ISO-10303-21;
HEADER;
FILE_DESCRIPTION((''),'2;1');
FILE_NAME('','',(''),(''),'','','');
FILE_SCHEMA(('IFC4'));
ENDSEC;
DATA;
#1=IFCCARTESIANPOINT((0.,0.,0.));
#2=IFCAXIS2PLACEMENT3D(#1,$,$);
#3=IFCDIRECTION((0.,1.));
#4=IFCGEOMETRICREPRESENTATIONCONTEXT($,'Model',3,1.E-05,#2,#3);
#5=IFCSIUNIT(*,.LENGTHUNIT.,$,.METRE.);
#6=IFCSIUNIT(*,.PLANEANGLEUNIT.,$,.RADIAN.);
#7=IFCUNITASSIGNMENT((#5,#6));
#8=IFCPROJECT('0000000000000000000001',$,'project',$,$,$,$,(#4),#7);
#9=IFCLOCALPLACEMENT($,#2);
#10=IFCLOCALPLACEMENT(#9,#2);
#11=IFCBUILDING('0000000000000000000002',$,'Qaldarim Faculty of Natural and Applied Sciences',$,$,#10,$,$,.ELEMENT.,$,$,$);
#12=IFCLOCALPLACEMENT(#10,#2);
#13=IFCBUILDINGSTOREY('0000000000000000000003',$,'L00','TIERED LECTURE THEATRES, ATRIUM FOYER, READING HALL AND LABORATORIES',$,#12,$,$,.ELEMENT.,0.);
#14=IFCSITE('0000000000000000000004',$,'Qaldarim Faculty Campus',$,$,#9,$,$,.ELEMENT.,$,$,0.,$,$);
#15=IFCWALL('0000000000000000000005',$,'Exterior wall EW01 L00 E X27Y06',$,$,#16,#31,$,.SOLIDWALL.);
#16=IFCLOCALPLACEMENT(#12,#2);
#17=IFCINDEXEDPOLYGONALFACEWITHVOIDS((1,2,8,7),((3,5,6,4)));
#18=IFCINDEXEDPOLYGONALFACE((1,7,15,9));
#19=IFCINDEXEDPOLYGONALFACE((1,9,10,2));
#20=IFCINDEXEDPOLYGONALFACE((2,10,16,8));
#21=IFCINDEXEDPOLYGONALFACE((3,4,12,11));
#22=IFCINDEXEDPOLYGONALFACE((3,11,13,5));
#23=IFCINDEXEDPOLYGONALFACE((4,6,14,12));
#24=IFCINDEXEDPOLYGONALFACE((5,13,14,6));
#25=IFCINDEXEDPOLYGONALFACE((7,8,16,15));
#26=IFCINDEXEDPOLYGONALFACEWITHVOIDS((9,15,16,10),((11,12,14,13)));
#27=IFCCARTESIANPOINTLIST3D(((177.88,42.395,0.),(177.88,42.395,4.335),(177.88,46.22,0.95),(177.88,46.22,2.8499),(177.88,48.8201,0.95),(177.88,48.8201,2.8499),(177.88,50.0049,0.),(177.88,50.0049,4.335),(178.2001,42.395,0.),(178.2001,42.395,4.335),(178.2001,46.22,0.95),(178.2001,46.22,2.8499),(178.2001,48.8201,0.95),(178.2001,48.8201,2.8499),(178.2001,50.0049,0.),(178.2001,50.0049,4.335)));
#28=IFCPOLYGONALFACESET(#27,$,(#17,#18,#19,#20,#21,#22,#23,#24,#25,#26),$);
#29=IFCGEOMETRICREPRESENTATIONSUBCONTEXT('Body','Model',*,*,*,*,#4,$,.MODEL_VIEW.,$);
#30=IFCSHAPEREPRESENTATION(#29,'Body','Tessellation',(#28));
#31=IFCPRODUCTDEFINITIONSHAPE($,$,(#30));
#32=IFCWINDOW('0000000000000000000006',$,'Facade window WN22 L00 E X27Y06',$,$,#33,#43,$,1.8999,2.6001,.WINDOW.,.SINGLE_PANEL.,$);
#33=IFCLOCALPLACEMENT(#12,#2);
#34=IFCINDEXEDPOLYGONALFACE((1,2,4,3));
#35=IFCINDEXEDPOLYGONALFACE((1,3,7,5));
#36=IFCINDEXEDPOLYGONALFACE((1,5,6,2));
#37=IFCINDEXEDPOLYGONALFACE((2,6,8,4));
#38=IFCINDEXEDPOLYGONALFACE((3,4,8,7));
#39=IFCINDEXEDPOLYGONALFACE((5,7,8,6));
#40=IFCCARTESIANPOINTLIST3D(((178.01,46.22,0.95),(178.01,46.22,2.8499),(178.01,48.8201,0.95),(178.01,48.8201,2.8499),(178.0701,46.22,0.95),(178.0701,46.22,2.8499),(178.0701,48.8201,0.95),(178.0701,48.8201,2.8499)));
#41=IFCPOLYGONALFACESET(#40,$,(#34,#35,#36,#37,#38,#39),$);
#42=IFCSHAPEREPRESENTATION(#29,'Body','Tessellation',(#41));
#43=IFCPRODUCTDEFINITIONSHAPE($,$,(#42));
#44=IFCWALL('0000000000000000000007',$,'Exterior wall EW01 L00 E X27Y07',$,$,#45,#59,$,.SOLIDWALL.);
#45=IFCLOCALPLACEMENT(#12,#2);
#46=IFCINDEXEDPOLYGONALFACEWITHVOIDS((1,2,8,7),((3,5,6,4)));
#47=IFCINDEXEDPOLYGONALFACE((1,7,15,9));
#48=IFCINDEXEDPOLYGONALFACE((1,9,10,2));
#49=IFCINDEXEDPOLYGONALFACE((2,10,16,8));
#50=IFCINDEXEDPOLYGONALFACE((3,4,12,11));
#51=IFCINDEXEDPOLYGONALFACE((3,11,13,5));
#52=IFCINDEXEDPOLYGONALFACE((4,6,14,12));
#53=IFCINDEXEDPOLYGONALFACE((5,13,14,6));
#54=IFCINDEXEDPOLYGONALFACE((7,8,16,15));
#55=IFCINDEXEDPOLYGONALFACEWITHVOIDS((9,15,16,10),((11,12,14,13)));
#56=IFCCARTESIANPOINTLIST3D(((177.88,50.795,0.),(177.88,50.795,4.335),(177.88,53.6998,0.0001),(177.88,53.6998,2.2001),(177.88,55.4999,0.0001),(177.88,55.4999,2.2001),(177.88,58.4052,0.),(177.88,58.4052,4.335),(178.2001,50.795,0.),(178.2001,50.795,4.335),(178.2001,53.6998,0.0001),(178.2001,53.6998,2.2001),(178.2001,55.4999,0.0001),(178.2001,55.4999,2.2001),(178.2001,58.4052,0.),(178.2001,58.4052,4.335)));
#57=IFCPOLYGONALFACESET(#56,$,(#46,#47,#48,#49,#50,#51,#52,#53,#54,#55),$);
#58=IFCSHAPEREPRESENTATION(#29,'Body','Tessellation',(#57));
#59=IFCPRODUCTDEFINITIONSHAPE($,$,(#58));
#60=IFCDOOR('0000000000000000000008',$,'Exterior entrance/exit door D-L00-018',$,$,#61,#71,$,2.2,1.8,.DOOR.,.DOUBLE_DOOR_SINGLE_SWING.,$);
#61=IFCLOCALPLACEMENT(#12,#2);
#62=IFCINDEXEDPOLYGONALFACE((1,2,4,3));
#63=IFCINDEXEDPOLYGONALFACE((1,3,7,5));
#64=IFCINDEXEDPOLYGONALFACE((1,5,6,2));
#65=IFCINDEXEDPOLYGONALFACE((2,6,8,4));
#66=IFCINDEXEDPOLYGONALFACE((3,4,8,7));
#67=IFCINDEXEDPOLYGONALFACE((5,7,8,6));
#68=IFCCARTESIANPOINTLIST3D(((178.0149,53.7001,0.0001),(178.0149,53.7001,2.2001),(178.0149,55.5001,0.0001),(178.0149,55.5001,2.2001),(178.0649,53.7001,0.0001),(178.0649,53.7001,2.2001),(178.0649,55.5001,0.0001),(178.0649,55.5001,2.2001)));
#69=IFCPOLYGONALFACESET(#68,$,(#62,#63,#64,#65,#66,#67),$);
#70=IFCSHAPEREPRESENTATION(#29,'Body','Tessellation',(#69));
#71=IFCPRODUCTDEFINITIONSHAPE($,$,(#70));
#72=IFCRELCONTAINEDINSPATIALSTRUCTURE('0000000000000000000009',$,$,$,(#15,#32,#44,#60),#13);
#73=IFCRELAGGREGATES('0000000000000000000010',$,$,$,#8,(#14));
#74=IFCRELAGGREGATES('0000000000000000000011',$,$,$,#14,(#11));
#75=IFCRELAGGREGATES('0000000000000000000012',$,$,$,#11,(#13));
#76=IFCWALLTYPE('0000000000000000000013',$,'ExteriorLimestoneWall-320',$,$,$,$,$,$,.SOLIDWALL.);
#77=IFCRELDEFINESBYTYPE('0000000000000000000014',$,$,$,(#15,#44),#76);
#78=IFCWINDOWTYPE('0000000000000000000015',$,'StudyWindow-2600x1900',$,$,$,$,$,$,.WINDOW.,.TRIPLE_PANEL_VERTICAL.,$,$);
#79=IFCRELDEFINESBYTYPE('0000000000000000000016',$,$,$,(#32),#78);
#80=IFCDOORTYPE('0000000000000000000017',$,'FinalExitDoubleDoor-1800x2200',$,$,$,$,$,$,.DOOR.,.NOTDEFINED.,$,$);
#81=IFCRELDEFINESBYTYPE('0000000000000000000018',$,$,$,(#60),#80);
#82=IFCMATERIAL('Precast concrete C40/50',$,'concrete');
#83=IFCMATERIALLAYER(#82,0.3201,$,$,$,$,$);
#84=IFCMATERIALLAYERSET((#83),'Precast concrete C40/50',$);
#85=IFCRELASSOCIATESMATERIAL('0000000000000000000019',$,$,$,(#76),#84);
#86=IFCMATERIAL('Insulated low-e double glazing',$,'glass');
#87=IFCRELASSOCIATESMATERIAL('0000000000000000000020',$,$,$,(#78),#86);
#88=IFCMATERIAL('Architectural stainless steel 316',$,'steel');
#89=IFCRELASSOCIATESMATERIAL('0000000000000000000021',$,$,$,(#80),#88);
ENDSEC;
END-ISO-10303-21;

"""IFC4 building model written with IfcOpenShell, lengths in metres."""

from ifc_helpers import new_model, si_unit, direction, frame, frame_2d, origin, place, context, subcontext, project, spatial, rectangle, extrude, material, layer, layer_set, type_object, element, fill, save


model = new_model("IFC4")

# Units and contexts
model_context = context("Model", 3, precision=1e-05, world=origin(), true_north=direction((0.0, 1.0)))
body_context = subcontext(model_context, "Body", "Model", "MODEL_VIEW")
ifc_project = project(units=[si_unit("LENGTHUNIT", "METRE"), si_unit("PLANEANGLEUNIT", "RADIAN")], contexts=[model_context])

# Site, building, storey
site_placement = place(None, origin())
site = spatial("IfcSite", under=ifc_project, at=site_placement, Name="Qaldarim Faculty Campus", CompositionType="ELEMENT", RefElevation=0.0)
building_placement = place(site_placement, origin())
building = spatial("IfcBuilding", under=site, at=building_placement, Name="Qaldarim Faculty of Natural and Applied Sciences", CompositionType="ELEMENT")
storey_placement = place(building_placement, origin())
storey = spatial("IfcBuildingStorey", under=building, at=storey_placement, Name="L00", Description="TIERED LECTURE THEATRES, ATRIUM FOYER, READING HALL AND LABORATORIES", CompositionType="ELEMENT", Elevation=0.0)

# Wall, opening, window
ifc_material_1 = material(Name="Precast concrete C40/50", Category="concrete")
ifc_layer = layer(ifc_material_1, 0.3201)
ifc_layer_set = layer_set([ifc_layer], Name="Precast concrete C40/50")
wall_type = type_object("IfcWallType", Name="ExteriorLimestoneWall-320", PredefinedType="SOLIDWALL", material=ifc_layer_set)
wall_1_placement = place(storey_placement, frame((178.04, 42.395, 0.0), z_axis=(0.0, 0.0, 1.0), x_axis=(0.0, 1.0, 0.0)))
wall_1 = element("IfcWall", 1, at=wall_1_placement, inside=storey, type_object=wall_type, Name="Exterior wall EW01 L00 E X27Y06", PredefinedType="SOLIDWALL", context=body_context, shape_type="SweptSolid", body=[
    extrude(rectangle(XDim=7.6099, YDim=0.3201, at=frame_2d((3.8049, 0.0))), origin(), (0.0, 0.0, 1.0), 4.335),
])
opening_1_placement = place(wall_1_placement, frame((3.825, 0.0, 0.95)))
opening_1 = element("IfcOpeningElement", 2, at=opening_1_placement, cuts=wall_1, PredefinedType="OPENING", context=body_context, shape_type="SweptSolid", body=[
    extrude(rectangle(XDim=2.6001, YDim=1.8999, at=frame_2d((1.3, 0.95))), frame((0.0, 0.1699, 0.0), z_axis=(0.0, -1.0, 0.0), x_axis=(1.0, 0.0, 0.0)), (0.0, 0.0, 1.0), 0.3401),
])
ifc_material_2 = material(Name="Insulated low-e double glazing", Category="glass")
window_type = type_object("IfcWindowType", Name="StudyWindow-2600x1900", PartitioningType="TRIPLE_PANEL_VERTICAL", PredefinedType="WINDOW", material=ifc_material_2)
window_placement = place(opening_1_placement, origin())
window = element("IfcWindow", 3, at=window_placement, inside=storey, type_object=window_type, Name="Facade window WN22 L00 E X27Y06", OverallHeight=1.8999, OverallWidth=2.6001, PartitioningType="SINGLE_PANEL", PredefinedType="WINDOW", context=body_context, shape_type="SweptSolid", body=[
    extrude(rectangle(XDim=2.6001, YDim=1.8999, at=frame_2d((1.3, 0.95))), frame((0.0, 0.03, 0.0), z_axis=(0.0, -1.0, 0.0), x_axis=(1.0, 0.0, 0.0)), (0.0, 0.0, 1.0), 0.0601),
])
fill(opening_1, window)

# Wall, opening, door
wall_2_placement = place(storey_placement, frame((178.04, 50.7949, 0.0), z_axis=(0.0, 0.0, 1.0), x_axis=(0.0, 1.0, 0.0)))
wall_2 = element("IfcWall", 4, at=wall_2_placement, inside=storey, type_object=wall_type, Name="Exterior wall EW01 L00 E X27Y07", PredefinedType="SOLIDWALL", context=body_context, shape_type="SweptSolid", body=[
    extrude(rectangle(XDim=7.6101, YDim=0.3201, at=frame_2d((3.8052, 0.0))), origin(), (0.0, 0.0, 1.0), 4.335),
])
opening_2_placement = place(wall_2_placement, frame((2.905, 0.0, 0.0)))
opening_2 = element("IfcOpeningElement", 5, at=opening_2_placement, cuts=wall_2, PredefinedType="OPENING", context=body_context, shape_type="SweptSolid", body=[
    extrude(rectangle(XDim=1.8, YDim=2.2, at=frame_2d((0.8999, 1.1001))), frame((0.0, 0.1699, 0.0), z_axis=(0.0, -1.0, 0.0), x_axis=(1.0, 0.0, 0.0)), (0.0, 0.0, 1.0), 0.3401),
])
ifc_material_3 = material(Name="Architectural stainless steel 316", Category="steel")
door_type = type_object("IfcDoorType", Name="FinalExitDoubleDoor-1800x2200", OperationType="NOTDEFINED", PredefinedType="DOOR", material=ifc_material_3)
door_placement = place(opening_2_placement, frame((1.8, 0.0, 0.0), z_axis=(0.0, 0.0, 1.0), x_axis=(-1.0, 0.0, 0.0)))
door = element("IfcDoor", 6, at=door_placement, inside=storey, type_object=door_type, Name="Exterior entrance/exit door D-L00-018", OperationType="DOUBLE_DOOR_SINGLE_SWING", OverallHeight=2.2, OverallWidth=1.8, PredefinedType="DOOR", context=body_context, shape_type="SweptSolid", body=[
    extrude(rectangle(XDim=1.8, YDim=2.2, at=frame_2d((0.8999, 1.1001))), frame((0.0, 0.0249, 0.0), z_axis=(0.0, -1.0, 0.0), x_axis=(1.0, 0.0, 0.0)), (0.0, 0.0, 1.0), 0.05),
])
fill(opening_2, door)

save(model, "model.ifc")
